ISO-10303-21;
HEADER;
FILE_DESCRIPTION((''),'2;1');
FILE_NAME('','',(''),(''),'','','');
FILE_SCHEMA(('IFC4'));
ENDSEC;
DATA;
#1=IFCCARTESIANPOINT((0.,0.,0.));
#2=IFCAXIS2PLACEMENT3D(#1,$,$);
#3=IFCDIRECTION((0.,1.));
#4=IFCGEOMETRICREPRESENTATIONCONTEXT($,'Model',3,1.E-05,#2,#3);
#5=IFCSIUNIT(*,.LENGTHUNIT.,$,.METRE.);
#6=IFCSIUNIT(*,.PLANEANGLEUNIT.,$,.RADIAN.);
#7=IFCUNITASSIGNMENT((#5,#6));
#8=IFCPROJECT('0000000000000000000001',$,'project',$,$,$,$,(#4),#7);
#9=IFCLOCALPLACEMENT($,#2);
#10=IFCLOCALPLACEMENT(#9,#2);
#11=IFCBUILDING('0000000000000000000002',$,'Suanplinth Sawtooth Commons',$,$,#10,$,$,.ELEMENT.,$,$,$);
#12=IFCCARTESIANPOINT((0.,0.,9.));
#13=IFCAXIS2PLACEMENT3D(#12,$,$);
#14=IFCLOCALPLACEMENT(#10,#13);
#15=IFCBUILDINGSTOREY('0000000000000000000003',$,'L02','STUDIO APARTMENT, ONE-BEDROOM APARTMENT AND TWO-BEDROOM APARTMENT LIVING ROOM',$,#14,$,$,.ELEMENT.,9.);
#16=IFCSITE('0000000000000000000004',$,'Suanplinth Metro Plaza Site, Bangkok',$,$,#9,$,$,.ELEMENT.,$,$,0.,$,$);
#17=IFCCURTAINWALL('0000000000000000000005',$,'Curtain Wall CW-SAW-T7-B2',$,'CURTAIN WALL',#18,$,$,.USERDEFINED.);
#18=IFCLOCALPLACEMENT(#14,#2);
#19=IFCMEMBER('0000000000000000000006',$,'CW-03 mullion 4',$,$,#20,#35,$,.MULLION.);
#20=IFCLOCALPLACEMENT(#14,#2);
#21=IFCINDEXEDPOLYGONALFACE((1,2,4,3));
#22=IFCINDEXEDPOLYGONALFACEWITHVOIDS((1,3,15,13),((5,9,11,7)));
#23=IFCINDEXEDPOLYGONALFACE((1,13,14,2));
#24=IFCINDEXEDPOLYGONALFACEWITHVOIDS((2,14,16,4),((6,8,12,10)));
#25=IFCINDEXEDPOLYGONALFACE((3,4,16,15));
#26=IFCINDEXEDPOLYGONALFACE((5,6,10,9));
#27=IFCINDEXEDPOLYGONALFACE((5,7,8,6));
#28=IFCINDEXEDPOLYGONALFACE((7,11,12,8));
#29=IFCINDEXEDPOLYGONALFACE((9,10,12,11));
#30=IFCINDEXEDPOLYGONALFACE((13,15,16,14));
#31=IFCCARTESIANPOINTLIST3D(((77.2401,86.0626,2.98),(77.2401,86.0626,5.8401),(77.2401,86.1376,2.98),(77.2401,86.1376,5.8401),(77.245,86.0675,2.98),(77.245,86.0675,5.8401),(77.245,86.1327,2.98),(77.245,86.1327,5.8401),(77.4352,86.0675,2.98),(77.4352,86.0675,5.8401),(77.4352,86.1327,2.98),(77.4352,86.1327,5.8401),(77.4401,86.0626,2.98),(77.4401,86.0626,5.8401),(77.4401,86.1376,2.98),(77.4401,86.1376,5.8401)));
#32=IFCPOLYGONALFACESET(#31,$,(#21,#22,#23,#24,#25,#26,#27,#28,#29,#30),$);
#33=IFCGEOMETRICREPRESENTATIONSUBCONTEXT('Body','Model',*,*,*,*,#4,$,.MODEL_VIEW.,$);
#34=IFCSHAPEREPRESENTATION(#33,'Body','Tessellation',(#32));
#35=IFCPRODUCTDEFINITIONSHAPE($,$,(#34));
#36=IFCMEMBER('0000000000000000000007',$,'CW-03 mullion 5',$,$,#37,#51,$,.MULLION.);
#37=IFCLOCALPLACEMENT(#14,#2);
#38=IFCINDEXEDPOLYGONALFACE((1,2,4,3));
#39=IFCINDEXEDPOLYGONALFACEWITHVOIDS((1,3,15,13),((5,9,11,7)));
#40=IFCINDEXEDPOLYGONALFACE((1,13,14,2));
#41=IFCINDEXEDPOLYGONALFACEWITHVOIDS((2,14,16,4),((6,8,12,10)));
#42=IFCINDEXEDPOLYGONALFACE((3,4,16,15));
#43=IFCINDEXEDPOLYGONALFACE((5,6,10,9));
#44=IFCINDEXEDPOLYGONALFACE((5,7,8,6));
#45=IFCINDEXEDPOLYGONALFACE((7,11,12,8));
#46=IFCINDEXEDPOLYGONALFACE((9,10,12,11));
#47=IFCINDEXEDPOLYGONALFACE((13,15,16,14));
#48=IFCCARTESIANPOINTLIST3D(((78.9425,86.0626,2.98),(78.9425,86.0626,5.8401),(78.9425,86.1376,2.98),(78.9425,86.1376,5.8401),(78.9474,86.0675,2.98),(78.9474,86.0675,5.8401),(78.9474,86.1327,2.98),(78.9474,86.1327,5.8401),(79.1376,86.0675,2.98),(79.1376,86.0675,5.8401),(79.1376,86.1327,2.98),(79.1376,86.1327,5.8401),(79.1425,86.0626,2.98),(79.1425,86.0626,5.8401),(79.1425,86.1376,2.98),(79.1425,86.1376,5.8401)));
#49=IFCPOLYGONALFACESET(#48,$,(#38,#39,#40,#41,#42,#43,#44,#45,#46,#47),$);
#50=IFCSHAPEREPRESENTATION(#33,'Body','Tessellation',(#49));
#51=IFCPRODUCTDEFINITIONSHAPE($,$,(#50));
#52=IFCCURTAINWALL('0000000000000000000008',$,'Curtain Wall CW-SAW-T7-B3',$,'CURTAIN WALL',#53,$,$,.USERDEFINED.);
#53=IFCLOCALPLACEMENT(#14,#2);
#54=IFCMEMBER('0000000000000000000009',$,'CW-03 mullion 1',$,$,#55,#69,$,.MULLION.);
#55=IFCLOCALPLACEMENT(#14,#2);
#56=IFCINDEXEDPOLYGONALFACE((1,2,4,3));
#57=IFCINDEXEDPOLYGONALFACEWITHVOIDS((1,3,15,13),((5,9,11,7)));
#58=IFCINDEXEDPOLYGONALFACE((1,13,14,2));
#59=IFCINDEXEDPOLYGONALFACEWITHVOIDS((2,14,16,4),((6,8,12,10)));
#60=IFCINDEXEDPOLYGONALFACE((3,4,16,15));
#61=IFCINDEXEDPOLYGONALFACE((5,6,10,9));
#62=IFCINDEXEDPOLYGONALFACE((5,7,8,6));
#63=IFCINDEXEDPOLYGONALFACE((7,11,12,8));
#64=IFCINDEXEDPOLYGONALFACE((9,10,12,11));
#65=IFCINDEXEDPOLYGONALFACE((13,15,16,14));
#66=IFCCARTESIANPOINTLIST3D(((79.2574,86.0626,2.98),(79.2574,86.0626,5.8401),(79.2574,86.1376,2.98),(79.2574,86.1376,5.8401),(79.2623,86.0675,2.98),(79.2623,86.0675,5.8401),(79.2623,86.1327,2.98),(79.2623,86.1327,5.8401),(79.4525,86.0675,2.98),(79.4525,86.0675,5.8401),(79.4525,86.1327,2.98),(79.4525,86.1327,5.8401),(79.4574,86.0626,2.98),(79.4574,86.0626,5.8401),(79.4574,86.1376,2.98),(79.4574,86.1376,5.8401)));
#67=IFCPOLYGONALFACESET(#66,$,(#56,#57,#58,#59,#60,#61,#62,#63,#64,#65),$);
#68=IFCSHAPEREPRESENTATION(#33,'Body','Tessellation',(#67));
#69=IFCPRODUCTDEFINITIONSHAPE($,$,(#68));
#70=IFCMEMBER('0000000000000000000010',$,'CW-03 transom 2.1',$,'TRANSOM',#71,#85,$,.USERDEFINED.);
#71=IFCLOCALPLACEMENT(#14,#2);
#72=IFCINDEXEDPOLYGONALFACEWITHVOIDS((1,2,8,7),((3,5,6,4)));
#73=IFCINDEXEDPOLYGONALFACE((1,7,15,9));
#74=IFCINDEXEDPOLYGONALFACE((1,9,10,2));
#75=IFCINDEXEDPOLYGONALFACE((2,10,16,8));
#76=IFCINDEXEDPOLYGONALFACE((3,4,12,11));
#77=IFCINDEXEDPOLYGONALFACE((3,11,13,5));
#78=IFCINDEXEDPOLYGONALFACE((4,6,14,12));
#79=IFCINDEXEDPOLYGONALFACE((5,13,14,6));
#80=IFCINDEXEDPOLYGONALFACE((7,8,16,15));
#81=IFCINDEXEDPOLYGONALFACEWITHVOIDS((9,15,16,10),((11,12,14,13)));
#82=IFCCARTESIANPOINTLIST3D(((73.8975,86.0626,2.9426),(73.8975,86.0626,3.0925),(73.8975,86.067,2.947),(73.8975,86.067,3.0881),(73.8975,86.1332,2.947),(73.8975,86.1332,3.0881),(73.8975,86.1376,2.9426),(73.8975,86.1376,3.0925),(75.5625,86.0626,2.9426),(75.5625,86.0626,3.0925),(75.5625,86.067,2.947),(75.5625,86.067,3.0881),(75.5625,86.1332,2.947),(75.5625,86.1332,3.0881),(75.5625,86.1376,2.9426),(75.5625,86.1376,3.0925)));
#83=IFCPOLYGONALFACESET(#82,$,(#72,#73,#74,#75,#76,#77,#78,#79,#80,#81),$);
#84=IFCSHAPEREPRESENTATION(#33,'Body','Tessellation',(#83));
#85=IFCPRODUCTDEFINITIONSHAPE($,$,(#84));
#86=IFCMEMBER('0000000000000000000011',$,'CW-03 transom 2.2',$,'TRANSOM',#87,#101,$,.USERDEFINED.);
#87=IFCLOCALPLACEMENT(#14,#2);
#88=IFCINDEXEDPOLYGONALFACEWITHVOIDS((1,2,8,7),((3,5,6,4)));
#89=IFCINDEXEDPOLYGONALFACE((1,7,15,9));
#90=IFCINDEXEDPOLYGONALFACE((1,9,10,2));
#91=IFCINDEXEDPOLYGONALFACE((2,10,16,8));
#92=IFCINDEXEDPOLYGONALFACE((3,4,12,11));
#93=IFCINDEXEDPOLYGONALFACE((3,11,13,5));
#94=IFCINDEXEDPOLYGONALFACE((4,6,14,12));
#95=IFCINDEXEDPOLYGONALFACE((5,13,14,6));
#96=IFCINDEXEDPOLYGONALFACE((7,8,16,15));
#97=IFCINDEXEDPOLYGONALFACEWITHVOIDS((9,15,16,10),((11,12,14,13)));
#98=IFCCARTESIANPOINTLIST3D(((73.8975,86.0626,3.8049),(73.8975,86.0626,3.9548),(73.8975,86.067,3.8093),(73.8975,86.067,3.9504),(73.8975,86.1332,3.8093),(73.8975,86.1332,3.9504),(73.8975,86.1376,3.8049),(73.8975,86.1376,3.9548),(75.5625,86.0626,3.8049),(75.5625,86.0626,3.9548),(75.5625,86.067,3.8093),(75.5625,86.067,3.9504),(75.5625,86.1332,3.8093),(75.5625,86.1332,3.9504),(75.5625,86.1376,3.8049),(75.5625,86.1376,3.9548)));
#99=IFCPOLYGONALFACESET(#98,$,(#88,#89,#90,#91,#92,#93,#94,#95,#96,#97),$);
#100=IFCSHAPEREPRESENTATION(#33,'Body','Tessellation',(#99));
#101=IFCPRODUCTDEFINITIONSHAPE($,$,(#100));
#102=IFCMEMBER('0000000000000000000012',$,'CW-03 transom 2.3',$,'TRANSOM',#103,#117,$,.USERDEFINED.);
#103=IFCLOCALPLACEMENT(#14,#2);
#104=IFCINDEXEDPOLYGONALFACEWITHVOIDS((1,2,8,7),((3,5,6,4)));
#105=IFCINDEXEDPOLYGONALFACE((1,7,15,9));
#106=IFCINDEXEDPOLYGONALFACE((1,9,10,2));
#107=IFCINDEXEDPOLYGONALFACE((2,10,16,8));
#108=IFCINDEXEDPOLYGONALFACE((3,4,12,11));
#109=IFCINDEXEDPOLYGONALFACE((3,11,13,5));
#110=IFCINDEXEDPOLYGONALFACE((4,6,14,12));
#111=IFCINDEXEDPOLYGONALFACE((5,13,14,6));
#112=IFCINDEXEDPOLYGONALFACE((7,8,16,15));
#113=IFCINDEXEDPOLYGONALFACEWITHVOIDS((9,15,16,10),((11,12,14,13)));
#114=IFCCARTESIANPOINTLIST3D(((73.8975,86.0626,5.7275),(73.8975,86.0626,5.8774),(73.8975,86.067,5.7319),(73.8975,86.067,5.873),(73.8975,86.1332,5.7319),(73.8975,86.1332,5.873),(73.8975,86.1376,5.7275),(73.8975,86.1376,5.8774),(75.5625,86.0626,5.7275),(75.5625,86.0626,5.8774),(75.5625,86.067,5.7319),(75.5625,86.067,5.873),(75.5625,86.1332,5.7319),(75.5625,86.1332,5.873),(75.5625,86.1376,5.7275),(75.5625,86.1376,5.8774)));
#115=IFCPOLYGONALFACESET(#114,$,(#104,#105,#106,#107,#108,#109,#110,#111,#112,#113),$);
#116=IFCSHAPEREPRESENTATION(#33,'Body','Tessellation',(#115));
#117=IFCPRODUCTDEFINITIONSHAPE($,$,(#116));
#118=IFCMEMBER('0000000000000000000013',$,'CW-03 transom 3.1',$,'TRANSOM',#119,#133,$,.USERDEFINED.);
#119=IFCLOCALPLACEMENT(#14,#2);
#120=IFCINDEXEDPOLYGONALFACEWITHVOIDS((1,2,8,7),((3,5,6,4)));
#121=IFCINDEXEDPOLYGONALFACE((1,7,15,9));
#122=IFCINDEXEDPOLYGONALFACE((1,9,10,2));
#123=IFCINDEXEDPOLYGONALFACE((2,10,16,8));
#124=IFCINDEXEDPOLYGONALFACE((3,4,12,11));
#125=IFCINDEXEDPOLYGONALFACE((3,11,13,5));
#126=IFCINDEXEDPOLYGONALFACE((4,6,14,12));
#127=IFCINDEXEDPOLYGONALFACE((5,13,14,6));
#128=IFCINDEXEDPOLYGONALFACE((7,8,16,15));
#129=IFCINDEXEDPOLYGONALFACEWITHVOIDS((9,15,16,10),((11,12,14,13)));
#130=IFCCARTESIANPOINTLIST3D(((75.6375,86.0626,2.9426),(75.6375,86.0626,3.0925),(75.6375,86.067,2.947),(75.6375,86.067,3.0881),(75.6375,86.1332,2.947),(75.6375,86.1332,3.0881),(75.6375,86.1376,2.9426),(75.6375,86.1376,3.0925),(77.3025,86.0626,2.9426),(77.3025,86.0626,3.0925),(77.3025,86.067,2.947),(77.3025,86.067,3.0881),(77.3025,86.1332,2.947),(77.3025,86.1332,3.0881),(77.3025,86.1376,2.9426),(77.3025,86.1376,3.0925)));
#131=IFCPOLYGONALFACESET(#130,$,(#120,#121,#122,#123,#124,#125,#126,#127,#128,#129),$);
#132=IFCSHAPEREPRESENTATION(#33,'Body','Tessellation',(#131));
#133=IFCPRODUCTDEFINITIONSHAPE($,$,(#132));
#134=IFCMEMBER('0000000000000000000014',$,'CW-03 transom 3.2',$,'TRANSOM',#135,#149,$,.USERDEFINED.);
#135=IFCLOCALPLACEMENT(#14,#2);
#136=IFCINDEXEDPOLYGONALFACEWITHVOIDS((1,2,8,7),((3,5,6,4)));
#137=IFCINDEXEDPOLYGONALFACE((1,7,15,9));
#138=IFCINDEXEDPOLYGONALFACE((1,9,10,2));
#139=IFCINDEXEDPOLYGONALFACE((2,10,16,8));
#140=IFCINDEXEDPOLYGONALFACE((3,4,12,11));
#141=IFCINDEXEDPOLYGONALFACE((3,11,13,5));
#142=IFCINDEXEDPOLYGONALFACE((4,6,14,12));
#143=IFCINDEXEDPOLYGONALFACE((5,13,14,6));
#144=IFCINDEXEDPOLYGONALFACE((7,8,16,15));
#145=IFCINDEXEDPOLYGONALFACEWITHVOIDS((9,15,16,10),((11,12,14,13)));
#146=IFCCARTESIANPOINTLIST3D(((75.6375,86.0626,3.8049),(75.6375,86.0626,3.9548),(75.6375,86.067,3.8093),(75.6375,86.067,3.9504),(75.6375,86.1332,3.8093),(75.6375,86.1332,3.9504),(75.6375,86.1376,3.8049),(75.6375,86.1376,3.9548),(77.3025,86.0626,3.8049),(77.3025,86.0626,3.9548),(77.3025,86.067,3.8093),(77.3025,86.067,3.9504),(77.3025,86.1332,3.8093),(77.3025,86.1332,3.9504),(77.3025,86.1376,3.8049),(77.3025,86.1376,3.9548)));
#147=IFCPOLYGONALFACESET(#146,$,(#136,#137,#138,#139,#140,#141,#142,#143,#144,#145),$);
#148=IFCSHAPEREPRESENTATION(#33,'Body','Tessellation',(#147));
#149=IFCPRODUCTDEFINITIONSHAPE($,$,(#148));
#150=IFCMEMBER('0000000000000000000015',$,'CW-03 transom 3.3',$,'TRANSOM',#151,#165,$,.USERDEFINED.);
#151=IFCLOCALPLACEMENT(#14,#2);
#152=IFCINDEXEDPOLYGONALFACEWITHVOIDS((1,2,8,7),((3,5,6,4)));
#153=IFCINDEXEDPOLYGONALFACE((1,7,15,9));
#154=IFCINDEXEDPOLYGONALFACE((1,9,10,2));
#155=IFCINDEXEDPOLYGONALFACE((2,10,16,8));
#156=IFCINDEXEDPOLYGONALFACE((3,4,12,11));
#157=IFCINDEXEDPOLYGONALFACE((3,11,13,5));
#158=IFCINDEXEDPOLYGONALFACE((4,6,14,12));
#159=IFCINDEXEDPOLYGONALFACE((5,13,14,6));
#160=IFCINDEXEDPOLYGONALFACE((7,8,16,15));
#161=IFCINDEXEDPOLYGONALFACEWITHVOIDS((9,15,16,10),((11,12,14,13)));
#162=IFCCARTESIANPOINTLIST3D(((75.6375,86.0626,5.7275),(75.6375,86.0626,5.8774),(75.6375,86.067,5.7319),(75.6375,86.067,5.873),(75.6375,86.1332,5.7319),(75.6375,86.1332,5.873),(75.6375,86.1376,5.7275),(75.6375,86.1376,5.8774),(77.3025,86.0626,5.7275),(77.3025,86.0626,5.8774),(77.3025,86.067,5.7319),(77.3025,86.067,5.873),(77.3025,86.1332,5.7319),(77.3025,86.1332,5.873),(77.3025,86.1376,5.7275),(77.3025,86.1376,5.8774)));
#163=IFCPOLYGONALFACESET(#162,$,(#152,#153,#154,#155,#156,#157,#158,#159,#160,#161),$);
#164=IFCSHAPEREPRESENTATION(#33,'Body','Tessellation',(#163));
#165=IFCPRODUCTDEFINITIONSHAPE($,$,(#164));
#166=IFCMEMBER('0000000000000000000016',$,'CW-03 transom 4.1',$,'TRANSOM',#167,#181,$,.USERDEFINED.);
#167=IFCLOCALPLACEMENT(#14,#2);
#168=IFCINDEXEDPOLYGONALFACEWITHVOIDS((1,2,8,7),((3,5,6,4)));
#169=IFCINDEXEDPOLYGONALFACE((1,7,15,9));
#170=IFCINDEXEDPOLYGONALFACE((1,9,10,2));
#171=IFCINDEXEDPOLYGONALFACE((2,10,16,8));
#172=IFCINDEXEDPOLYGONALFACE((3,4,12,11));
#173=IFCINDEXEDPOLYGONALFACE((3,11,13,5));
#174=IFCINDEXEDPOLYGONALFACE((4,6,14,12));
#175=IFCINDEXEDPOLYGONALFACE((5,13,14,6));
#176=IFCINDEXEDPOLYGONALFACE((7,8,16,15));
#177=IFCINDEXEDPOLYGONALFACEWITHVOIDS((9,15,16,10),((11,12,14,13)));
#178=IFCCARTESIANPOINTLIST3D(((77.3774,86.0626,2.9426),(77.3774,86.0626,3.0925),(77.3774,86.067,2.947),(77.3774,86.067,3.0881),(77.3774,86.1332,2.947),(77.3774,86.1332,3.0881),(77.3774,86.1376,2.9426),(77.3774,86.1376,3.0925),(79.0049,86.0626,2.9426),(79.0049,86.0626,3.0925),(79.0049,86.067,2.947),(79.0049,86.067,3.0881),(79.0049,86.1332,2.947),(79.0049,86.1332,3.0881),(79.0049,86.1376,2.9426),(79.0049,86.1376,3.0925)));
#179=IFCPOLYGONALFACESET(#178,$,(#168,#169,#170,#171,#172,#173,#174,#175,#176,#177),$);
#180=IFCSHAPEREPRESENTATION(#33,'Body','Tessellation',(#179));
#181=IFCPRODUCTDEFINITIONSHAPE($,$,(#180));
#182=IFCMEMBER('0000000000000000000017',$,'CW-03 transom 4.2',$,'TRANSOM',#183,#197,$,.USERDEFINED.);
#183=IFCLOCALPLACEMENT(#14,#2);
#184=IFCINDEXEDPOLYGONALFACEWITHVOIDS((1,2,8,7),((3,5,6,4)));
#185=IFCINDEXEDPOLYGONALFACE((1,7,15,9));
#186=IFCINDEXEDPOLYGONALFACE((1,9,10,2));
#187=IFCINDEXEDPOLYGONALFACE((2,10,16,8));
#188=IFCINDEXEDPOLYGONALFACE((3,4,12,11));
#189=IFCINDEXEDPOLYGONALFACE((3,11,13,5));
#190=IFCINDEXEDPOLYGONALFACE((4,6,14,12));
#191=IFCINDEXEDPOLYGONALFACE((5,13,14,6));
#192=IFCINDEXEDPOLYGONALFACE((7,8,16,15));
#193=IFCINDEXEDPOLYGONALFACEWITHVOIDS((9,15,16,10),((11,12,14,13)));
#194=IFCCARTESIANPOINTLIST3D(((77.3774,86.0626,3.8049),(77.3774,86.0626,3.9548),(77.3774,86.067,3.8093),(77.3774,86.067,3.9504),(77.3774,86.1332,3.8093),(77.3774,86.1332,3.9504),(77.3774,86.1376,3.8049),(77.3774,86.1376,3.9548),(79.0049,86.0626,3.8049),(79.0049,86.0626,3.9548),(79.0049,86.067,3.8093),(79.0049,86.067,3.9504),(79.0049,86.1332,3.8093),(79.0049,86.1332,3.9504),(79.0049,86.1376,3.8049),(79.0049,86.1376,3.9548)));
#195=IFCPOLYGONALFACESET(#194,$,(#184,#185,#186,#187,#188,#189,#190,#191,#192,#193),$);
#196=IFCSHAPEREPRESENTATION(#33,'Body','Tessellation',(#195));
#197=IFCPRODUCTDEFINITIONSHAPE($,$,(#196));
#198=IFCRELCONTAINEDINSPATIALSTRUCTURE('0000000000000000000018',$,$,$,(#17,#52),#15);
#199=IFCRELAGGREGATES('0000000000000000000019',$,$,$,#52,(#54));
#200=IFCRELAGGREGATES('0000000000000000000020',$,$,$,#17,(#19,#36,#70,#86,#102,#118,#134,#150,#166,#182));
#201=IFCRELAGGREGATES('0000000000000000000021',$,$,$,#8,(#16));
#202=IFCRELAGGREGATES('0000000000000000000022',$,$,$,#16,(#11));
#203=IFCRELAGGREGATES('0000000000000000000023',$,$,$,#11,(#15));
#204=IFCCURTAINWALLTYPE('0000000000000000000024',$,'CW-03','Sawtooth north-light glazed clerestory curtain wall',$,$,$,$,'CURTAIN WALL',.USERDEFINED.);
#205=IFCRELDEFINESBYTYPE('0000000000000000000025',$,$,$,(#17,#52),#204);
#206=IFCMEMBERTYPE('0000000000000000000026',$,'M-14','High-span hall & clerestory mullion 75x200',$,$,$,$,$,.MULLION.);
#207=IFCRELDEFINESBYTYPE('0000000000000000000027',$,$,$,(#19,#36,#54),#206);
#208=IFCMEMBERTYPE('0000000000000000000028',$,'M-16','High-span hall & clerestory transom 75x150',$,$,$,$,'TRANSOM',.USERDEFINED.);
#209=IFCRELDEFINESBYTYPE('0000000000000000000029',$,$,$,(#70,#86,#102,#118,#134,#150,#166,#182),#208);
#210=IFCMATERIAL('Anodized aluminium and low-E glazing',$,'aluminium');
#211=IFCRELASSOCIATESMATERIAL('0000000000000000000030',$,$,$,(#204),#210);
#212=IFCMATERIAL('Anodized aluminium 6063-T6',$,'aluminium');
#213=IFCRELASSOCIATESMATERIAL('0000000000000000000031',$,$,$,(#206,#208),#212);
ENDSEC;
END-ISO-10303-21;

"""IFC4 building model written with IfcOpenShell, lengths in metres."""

from ifc_helpers import new_model, si_unit, direction, frame, origin, origin_2d, place, context, subcontext, project, spatial, hollow_rectangle, extrude, material, material_profile, profile_set, type_object, element, aggregate, save


model = new_model("IFC4")

# Units and contexts
model_context = context("Model", 3, precision=1e-05, world=origin(), true_north=direction((0.0, 1.0)))
body_context = subcontext(model_context, "Body", "Model", "MODEL_VIEW")
ifc_project = project(units=[si_unit("LENGTHUNIT", "METRE"), si_unit("PLANEANGLEUNIT", "RADIAN")], contexts=[model_context])

# Site, building, storey
site_placement = place(None, origin())
site = spatial("IfcSite", under=ifc_project, at=site_placement, Name="Suanplinth Metro Plaza Site, Bangkok", CompositionType="ELEMENT", RefElevation=0.0)
building_placement = place(site_placement, origin())
building = spatial("IfcBuilding", under=site, at=building_placement, Name="Suanplinth Sawtooth Commons", CompositionType="ELEMENT")
storey_placement = place(building_placement, frame((0.0, 0.0, 9.0)))
storey = spatial("IfcBuildingStorey", under=building, at=storey_placement, Name="L02", Description="STUDIO APARTMENT, ONE-BEDROOM APARTMENT AND TWO-BEDROOM APARTMENT LIVING ROOM", CompositionType="ELEMENT", Elevation=9.0)

# Curtain wall, members
ifc_material_1 = material(Name="Anodized aluminium and low-E glazing", Category="aluminium")
curtain_wall_type = type_object("IfcCurtainWallType", Name="CW-03", Description="Sawtooth north-light glazed clerestory curtain wall", ElementType="CURTAIN WALL", PredefinedType="USERDEFINED", material=ifc_material_1)
curtain_wall_1_placement = place(storey_placement, origin())
curtain_wall_1 = element("IfcCurtainWall", 1, at=curtain_wall_1_placement, inside=storey, type_object=curtain_wall_type, Name="Curtain Wall CW-SAW-T7-B2", ObjectType="CURTAIN WALL", PredefinedType="USERDEFINED")
ifc_material_2 = material(Name="Anodized aluminium 6063-T6", Category="aluminium")
ifc_material_profile_1 = material_profile(ifc_material_2, hollow_rectangle(XDim=0.075, YDim=0.2, WallThickness=0.0049, at=origin_2d()), Name="ALU-MUL 75x200")
ifc_profile_set_1 = profile_set([ifc_material_profile_1], Name="Anodized aluminium 6063-T6")
member_type_1 = type_object("IfcMemberType", Name="M-14", Description="High-span hall & clerestory mullion 75x200", PredefinedType="MULLION", material=ifc_profile_set_1)
member_1_placement = place(storey_placement, frame((77.3401, 86.1001, 2.98), z_axis=(0.0, 0.0, 1.0), x_axis=(0.0, 1.0, 0.0)))
member_1 = element("IfcMember", 2, at=member_1_placement, type_object=member_type_1, Name="CW-03 mullion 4", PredefinedType="MULLION", context=body_context, shape_type="SweptSolid", body=[
    extrude(hollow_rectangle(XDim=0.075, YDim=0.2, WallThickness=0.0049, at=origin_2d()), origin(), (0.0, 0.0, 1.0), 2.8601),
])
member_2_placement = place(storey_placement, frame((79.0425, 86.1001, 2.98), z_axis=(0.0, 0.0, 1.0), x_axis=(0.0, 1.0, 0.0)))
member_2 = element("IfcMember", 3, at=member_2_placement, type_object=member_type_1, Name="CW-03 mullion 5", PredefinedType="MULLION", context=body_context, shape_type="SweptSolid", body=[
    extrude(hollow_rectangle(XDim=0.075, YDim=0.2, WallThickness=0.0049, at=origin_2d()), origin(), (0.0, 0.0, 1.0), 2.8601),
])

# Curtain wall, member
curtain_wall_2_placement = place(storey_placement, origin())
curtain_wall_2 = element("IfcCurtainWall", 4, at=curtain_wall_2_placement, inside=storey, type_object=curtain_wall_type, Name="Curtain Wall CW-SAW-T7-B3", ObjectType="CURTAIN WALL", PredefinedType="USERDEFINED")
member_3_placement = place(storey_placement, frame((79.3574, 86.1001, 2.98), z_axis=(0.0, 0.0, 1.0), x_axis=(0.0, 1.0, 0.0)))
member_3 = element("IfcMember", 5, at=member_3_placement, type_object=member_type_1, Name="CW-03 mullion 1", PredefinedType="MULLION", context=body_context, shape_type="SweptSolid", body=[
    extrude(hollow_rectangle(XDim=0.075, YDim=0.2, WallThickness=0.0049, at=origin_2d()), origin(), (0.0, 0.0, 1.0), 2.8601),
])

# Members
ifc_material_profile_2 = material_profile(ifc_material_2, hollow_rectangle(XDim=0.075, YDim=0.1499, WallThickness=0.0044, at=origin_2d()), Name="ALU-TRN 75x150")
ifc_profile_set_2 = profile_set([ifc_material_profile_2], Name="Anodized aluminium 6063-T6")
member_type_2 = type_object("IfcMemberType", Name="M-16", Description="High-span hall & clerestory transom 75x150", ElementType="TRANSOM", PredefinedType="USERDEFINED", material=ifc_profile_set_2)
member_4_placement = place(storey_placement, frame((73.8975, 86.1001, 3.0176), z_axis=(1.0, 0.0, 0.0), x_axis=(0.0, 1.0, 0.0)))
member_4 = element("IfcMember", 6, at=member_4_placement, type_object=member_type_2, Name="CW-03 transom 2.1", ObjectType="TRANSOM", PredefinedType="USERDEFINED", context=body_context, shape_type="SweptSolid", body=[
    extrude(hollow_rectangle(XDim=0.075, YDim=0.1499, WallThickness=0.0044, at=origin_2d()), origin(), (0.0, 0.0, 1.0), 1.665),
])
member_5_placement = place(storey_placement, frame((73.8975, 86.1001, 3.8799), z_axis=(1.0, 0.0, 0.0), x_axis=(0.0, 1.0, 0.0)))
member_5 = element("IfcMember", 7, at=member_5_placement, type_object=member_type_2, Name="CW-03 transom 2.2", ObjectType="TRANSOM", PredefinedType="USERDEFINED", context=body_context, shape_type="SweptSolid", body=[
    extrude(hollow_rectangle(XDim=0.075, YDim=0.1499, WallThickness=0.0044, at=origin_2d()), origin(), (0.0, 0.0, 1.0), 1.665),
])
member_6_placement = place(storey_placement, frame((73.8975, 86.1001, 5.8025), z_axis=(1.0, 0.0, 0.0), x_axis=(0.0, 1.0, 0.0)))
member_6 = element("IfcMember", 8, at=member_6_placement, type_object=member_type_2, Name="CW-03 transom 2.3", ObjectType="TRANSOM", PredefinedType="USERDEFINED", context=body_context, shape_type="SweptSolid", body=[
    extrude(hollow_rectangle(XDim=0.075, YDim=0.1499, WallThickness=0.0044, at=origin_2d()), origin(), (0.0, 0.0, 1.0), 1.665),
])
member_7_placement = place(storey_placement, frame((75.6375, 86.1001, 3.0176), z_axis=(1.0, 0.0, 0.0), x_axis=(0.0, 1.0, 0.0)))
member_7 = element("IfcMember", 9, at=member_7_placement, type_object=member_type_2, Name="CW-03 transom 3.1", ObjectType="TRANSOM", PredefinedType="USERDEFINED", context=body_context, shape_type="SweptSolid", body=[
    extrude(hollow_rectangle(XDim=0.075, YDim=0.1499, WallThickness=0.0044, at=origin_2d()), origin(), (0.0, 0.0, 1.0), 1.665),
])
member_8_placement = place(storey_placement, frame((75.6375, 86.1001, 3.8799), z_axis=(1.0, 0.0, 0.0), x_axis=(0.0, 1.0, 0.0)))
member_8 = element("IfcMember", 10, at=member_8_placement, type_object=member_type_2, Name="CW-03 transom 3.2", ObjectType="TRANSOM", PredefinedType="USERDEFINED", context=body_context, shape_type="SweptSolid", body=[
    extrude(hollow_rectangle(XDim=0.075, YDim=0.1499, WallThickness=0.0044, at=origin_2d()), origin(), (0.0, 0.0, 1.0), 1.665),
])
member_9_placement = place(storey_placement, frame((75.6375, 86.1001, 5.8025), z_axis=(1.0, 0.0, 0.0), x_axis=(0.0, 1.0, 0.0)))
member_9 = element("IfcMember", 11, at=member_9_placement, type_object=member_type_2, Name="CW-03 transom 3.3", ObjectType="TRANSOM", PredefinedType="USERDEFINED", context=body_context, shape_type="SweptSolid", body=[
    extrude(hollow_rectangle(XDim=0.075, YDim=0.1499, WallThickness=0.0044, at=origin_2d()), origin(), (0.0, 0.0, 1.0), 1.665),
])
member_10_placement = place(storey_placement, frame((77.3774, 86.1001, 3.0176), z_axis=(1.0, 0.0, 0.0), x_axis=(0.0, 1.0, 0.0)))
member_10 = element("IfcMember", 12, at=member_10_placement, type_object=member_type_2, Name="CW-03 transom 4.1", ObjectType="TRANSOM", PredefinedType="USERDEFINED", context=body_context, shape_type="SweptSolid", body=[
    extrude(hollow_rectangle(XDim=0.075, YDim=0.1499, WallThickness=0.0044, at=origin_2d()), origin(), (0.0, 0.0, 1.0), 1.6274),
])
member_11_placement = place(storey_placement, frame((77.3774, 86.1001, 3.8799), z_axis=(1.0, 0.0, 0.0), x_axis=(0.0, 1.0, 0.0)))
member_11 = element("IfcMember", 13, at=member_11_placement, type_object=member_type_2, Name="CW-03 transom 4.2", ObjectType="TRANSOM", PredefinedType="USERDEFINED", context=body_context, shape_type="SweptSolid", body=[
    extrude(hollow_rectangle(XDim=0.075, YDim=0.1499, WallThickness=0.0044, at=origin_2d()), origin(), (0.0, 0.0, 1.0), 1.6274),
])
aggregate(curtain_wall_2, [member_3])

aggregate(curtain_wall_1, [member_1, member_2, member_4, member_5, member_6, member_7, member_8, member_9, member_10, member_11])

save(model, "model.ifc")
